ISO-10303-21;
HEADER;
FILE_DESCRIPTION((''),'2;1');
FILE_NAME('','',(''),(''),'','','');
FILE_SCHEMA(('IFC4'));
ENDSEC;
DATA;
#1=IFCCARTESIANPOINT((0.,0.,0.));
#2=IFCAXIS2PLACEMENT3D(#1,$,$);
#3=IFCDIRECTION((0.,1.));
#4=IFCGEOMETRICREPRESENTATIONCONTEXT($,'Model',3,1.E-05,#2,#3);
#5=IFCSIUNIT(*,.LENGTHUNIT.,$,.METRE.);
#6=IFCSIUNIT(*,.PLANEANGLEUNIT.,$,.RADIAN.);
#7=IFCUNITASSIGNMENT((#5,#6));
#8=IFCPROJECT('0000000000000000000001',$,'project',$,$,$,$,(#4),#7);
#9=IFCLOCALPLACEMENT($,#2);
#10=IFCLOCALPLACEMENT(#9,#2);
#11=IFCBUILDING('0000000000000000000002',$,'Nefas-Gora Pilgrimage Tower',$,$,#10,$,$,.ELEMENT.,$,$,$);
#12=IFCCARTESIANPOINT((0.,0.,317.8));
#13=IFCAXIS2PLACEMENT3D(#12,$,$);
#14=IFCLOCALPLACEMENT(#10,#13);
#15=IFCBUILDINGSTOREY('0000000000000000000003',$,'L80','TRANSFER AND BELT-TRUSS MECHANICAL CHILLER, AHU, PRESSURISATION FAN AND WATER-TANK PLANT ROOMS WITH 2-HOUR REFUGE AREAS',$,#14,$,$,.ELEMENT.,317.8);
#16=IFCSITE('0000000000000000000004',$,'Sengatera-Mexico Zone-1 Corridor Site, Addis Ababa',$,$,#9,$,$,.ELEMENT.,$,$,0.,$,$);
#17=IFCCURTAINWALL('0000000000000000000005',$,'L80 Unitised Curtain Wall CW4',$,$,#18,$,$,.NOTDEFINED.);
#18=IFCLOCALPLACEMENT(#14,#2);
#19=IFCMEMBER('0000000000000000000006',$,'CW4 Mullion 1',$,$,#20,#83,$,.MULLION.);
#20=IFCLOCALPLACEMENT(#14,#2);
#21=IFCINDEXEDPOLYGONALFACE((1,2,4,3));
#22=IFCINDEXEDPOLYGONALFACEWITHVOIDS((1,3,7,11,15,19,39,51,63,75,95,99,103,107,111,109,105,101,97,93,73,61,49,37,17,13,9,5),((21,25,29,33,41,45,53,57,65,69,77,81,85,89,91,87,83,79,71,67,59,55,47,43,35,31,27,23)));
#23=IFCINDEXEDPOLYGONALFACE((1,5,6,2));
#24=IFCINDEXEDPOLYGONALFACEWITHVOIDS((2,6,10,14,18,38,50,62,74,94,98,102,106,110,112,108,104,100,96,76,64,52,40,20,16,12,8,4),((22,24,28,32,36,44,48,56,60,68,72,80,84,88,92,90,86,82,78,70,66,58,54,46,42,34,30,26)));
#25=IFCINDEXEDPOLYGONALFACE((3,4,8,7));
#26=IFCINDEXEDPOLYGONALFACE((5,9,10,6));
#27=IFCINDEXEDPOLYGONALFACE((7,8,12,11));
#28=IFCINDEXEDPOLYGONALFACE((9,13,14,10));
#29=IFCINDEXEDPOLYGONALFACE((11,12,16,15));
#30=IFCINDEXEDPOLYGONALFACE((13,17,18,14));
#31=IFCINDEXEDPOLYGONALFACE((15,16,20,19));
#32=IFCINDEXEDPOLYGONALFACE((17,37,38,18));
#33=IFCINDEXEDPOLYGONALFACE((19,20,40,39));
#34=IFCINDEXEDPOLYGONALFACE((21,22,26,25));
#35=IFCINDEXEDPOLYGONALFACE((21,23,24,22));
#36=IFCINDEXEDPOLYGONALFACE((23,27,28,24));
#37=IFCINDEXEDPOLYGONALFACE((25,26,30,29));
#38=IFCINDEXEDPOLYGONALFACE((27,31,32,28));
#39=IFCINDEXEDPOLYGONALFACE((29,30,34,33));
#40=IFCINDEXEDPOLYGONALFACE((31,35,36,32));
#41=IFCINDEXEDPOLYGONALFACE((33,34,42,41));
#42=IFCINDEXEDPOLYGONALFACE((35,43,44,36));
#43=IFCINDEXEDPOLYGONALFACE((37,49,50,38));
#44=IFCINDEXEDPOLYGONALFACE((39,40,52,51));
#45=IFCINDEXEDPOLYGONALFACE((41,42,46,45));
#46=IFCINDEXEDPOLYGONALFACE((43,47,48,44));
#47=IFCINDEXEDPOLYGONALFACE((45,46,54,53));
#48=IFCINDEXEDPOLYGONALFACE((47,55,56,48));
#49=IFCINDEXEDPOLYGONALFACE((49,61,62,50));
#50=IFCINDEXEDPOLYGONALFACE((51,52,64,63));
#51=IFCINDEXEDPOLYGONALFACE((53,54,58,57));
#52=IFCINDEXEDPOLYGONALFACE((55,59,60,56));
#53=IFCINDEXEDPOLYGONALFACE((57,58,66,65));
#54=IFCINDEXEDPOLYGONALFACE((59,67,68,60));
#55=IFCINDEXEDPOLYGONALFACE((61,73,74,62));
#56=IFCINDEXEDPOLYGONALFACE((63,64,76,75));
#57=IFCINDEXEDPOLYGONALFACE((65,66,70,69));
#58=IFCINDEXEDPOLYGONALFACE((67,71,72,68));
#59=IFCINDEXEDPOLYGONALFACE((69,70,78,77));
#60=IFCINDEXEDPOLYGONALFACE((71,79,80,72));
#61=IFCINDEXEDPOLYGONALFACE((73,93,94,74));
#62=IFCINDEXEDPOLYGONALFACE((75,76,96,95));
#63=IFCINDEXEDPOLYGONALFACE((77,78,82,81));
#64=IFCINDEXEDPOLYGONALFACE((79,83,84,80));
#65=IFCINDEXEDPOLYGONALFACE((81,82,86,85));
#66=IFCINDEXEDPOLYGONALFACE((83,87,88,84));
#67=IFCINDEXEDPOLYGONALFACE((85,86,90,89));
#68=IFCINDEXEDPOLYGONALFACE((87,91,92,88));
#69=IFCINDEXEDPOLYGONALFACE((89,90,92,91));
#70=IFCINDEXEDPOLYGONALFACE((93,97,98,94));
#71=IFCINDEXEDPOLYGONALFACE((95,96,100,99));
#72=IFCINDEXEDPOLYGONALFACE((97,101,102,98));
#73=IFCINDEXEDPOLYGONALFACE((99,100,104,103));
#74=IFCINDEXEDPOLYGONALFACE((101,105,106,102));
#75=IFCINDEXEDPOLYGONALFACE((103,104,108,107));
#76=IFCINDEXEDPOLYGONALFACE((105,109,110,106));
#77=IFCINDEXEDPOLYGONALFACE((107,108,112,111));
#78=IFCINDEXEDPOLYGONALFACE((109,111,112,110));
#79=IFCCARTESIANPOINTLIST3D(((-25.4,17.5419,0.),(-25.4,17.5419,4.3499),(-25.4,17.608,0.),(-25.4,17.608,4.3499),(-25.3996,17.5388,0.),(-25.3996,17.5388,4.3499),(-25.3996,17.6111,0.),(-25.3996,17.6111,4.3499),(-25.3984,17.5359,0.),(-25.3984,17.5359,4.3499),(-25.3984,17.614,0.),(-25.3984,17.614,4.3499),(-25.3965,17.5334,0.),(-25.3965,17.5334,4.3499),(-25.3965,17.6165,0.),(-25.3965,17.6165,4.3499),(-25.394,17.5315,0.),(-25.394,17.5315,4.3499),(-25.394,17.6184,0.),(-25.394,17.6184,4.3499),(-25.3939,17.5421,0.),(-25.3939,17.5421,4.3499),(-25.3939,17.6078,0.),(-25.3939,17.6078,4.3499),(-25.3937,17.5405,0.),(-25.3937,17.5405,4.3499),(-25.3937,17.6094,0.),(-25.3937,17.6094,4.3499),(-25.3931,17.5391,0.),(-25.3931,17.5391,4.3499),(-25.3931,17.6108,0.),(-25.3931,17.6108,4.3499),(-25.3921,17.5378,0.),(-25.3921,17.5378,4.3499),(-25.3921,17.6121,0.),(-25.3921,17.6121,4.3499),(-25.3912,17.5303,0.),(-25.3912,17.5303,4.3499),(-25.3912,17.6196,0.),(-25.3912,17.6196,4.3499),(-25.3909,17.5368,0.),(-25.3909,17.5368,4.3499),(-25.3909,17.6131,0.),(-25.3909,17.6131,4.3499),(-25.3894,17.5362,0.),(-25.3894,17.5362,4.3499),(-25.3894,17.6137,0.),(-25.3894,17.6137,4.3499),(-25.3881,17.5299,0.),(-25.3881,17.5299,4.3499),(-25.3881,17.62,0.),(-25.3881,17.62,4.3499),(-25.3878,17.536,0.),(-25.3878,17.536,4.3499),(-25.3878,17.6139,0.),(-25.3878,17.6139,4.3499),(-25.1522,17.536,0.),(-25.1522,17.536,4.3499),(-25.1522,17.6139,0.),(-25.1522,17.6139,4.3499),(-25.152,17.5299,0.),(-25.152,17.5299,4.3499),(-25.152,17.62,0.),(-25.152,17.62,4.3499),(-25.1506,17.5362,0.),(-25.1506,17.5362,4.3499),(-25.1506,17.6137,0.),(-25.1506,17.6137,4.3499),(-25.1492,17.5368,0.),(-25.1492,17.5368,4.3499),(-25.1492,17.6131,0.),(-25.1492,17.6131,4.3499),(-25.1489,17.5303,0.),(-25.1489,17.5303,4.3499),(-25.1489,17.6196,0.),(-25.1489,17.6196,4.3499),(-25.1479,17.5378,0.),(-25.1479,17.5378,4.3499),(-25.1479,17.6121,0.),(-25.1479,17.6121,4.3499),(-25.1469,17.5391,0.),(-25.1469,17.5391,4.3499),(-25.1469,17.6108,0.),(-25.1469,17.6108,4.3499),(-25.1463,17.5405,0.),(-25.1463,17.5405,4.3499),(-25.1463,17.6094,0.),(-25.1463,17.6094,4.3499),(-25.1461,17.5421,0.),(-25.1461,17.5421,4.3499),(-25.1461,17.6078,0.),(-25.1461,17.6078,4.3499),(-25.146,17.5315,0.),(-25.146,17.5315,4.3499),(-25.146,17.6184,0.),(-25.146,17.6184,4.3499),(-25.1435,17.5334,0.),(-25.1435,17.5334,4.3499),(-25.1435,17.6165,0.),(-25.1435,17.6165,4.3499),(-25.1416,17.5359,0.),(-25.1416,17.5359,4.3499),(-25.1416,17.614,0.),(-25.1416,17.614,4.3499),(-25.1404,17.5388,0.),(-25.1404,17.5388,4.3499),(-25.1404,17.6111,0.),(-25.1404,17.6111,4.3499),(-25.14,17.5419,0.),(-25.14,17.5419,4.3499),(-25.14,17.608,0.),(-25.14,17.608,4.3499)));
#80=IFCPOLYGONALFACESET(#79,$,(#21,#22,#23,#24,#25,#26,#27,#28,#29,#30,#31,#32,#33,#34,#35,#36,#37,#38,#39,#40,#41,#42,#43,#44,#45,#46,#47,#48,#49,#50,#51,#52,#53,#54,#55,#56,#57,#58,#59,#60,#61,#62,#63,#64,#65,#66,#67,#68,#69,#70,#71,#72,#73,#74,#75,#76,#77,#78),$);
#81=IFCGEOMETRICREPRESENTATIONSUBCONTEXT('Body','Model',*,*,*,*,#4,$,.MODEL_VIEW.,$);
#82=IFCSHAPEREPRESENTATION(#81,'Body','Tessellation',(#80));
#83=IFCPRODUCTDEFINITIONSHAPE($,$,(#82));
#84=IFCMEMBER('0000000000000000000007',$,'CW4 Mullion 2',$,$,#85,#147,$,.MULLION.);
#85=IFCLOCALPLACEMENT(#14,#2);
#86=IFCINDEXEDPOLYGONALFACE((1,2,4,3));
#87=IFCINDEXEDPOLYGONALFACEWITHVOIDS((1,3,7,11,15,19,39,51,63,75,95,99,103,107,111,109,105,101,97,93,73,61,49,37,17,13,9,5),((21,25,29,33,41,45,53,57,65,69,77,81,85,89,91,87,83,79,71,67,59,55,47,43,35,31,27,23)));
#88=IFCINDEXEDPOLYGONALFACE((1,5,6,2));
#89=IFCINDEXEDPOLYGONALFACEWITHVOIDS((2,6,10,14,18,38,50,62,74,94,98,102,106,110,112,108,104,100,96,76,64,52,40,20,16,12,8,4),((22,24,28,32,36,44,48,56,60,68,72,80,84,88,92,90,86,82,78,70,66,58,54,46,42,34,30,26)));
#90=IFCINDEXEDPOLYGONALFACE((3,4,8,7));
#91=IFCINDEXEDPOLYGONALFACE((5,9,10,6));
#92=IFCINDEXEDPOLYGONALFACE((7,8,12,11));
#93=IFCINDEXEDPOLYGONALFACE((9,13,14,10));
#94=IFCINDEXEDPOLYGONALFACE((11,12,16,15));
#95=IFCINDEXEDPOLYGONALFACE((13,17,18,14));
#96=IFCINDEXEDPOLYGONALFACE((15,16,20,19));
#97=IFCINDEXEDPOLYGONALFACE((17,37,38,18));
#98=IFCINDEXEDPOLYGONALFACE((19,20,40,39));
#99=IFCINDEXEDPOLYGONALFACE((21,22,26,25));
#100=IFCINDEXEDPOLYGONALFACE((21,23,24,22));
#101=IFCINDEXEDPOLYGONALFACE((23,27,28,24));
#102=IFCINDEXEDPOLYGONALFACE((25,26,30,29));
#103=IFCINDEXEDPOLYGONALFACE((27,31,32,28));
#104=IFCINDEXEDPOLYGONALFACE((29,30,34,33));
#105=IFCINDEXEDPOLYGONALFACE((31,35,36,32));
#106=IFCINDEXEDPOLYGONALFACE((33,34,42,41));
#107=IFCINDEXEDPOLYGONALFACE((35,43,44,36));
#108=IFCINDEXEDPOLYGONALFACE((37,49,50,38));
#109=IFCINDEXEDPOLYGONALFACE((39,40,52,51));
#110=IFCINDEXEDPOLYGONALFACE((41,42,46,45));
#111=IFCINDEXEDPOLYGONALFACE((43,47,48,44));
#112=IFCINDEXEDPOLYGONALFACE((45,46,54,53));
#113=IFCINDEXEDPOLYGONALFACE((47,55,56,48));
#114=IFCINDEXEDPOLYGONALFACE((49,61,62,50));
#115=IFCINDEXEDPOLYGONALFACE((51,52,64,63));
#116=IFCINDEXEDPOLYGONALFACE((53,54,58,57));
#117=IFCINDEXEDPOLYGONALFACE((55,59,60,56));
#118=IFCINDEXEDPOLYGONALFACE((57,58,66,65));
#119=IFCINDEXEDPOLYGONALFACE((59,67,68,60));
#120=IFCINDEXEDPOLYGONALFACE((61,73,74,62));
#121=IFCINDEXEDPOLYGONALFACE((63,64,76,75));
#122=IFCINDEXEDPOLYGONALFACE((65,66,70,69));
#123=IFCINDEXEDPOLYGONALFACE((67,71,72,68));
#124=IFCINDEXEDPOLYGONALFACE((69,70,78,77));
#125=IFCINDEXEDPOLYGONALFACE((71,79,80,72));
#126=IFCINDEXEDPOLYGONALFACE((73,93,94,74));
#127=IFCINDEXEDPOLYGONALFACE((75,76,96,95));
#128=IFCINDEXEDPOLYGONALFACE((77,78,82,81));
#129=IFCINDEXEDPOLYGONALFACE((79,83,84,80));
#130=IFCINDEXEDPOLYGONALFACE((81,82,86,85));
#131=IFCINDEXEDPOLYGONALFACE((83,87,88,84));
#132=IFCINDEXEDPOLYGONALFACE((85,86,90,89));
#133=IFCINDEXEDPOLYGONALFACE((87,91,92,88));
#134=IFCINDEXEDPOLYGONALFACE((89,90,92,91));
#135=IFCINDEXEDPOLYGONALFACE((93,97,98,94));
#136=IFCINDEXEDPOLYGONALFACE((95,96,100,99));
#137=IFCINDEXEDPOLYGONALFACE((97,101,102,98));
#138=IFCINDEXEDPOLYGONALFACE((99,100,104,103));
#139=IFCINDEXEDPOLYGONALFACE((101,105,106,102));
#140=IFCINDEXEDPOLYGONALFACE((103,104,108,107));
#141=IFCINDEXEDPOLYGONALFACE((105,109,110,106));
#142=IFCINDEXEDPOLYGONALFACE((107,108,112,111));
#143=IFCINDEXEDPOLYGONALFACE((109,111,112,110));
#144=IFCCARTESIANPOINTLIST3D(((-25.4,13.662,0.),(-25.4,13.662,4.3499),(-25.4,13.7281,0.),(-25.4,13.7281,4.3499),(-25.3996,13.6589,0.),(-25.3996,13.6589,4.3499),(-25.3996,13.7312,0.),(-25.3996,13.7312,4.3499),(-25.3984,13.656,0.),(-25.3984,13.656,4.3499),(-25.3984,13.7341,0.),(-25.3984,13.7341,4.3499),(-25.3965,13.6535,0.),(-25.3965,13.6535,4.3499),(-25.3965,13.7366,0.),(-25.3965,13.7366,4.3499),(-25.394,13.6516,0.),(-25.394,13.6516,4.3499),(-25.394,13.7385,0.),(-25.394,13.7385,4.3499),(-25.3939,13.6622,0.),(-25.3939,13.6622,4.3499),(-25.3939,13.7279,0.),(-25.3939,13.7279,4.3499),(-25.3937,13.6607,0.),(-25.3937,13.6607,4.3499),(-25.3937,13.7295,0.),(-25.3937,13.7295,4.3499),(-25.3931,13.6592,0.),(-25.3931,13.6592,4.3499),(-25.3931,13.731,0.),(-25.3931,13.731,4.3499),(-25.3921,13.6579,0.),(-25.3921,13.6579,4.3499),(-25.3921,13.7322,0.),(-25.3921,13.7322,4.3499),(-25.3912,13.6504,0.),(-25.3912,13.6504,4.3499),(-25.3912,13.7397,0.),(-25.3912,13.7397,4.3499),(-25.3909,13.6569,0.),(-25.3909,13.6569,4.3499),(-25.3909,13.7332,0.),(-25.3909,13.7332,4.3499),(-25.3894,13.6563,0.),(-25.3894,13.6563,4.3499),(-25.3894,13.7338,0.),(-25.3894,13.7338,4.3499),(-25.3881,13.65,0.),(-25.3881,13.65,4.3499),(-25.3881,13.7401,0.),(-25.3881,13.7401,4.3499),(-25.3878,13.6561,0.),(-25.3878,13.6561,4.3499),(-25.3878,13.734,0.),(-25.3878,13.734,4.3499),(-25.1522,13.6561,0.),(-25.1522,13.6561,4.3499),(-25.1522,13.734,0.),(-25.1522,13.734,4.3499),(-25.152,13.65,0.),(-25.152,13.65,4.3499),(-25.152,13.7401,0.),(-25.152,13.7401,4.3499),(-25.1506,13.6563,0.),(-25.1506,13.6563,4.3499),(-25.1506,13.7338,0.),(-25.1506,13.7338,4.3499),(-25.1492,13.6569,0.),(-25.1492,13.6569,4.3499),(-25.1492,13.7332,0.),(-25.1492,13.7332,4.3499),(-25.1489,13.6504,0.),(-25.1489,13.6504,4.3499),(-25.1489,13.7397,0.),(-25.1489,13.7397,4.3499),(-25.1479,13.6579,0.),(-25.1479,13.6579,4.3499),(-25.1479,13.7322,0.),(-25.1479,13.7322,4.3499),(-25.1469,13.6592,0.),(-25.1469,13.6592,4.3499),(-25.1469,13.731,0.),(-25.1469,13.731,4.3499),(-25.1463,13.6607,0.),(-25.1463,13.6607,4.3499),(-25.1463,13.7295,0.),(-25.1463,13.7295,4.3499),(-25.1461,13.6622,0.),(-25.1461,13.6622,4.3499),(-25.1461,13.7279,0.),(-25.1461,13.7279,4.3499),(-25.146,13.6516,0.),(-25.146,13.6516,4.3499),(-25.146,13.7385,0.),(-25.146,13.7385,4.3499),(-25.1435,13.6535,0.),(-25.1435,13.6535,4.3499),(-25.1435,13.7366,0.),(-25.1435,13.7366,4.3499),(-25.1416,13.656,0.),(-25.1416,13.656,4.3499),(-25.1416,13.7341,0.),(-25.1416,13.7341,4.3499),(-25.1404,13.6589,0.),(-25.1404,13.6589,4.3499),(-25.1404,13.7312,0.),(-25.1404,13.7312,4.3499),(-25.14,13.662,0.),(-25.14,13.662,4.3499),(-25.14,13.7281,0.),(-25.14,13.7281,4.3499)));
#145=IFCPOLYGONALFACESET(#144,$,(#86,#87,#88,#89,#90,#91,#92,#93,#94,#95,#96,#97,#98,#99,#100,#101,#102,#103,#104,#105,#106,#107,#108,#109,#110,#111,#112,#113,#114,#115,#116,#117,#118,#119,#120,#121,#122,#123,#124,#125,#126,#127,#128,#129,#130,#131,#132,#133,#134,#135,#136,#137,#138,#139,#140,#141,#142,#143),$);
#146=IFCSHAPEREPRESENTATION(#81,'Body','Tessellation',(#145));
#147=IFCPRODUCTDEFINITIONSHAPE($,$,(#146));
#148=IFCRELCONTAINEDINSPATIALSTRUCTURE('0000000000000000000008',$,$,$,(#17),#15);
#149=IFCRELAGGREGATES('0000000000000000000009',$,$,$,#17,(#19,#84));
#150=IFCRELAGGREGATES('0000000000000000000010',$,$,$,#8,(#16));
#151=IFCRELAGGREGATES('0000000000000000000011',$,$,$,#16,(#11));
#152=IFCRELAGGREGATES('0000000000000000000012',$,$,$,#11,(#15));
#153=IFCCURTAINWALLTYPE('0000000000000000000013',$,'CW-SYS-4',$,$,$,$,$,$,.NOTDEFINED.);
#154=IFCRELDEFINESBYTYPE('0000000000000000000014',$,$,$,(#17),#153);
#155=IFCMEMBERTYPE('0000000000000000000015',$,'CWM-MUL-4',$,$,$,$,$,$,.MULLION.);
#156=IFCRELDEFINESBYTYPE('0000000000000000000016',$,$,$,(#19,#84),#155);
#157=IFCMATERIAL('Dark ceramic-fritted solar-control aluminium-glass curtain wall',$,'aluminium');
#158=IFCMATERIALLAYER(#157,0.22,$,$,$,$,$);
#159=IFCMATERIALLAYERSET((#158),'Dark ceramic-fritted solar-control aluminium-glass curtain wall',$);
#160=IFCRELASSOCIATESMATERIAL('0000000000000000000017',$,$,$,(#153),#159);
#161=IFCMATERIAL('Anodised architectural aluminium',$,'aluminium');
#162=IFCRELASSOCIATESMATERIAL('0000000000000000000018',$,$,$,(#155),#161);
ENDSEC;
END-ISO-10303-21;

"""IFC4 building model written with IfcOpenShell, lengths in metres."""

from ifc_helpers import new_model, si_unit, direction, frame, origin, origin_2d, place, context, subcontext, project, spatial, hollow_rectangle, extrude, source, transform, mapped, material, layer, layer_set, material_profile, profile_set, type_object, element, aggregate, save


model = new_model("IFC4")

# Units and contexts
model_context = context("Model", 3, precision=1e-05, world=origin(), true_north=direction((0.0, 1.0)))
body_context = subcontext(model_context, "Body", "Model", "MODEL_VIEW")
ifc_project = project(units=[si_unit("LENGTHUNIT", "METRE"), si_unit("PLANEANGLEUNIT", "RADIAN")], contexts=[model_context])

# Site, building, storey
site_placement = place(None, origin())
site = spatial("IfcSite", under=ifc_project, at=site_placement, Name="Sengatera-Mexico Zone-1 Corridor Site, Addis Ababa", CompositionType="ELEMENT", RefElevation=0.0)
building_placement = place(site_placement, origin())
building = spatial("IfcBuilding", under=site, at=building_placement, Name="Nefas-Gora Pilgrimage Tower", CompositionType="ELEMENT")
storey_placement = place(building_placement, frame((0.0, 0.0, 317.8)))
storey = spatial("IfcBuildingStorey", under=building, at=storey_placement, Name="L80", Description="TRANSFER AND BELT-TRUSS MECHANICAL CHILLER, AHU, PRESSURISATION FAN AND WATER-TANK PLANT ROOMS WITH 2-HOUR REFUGE AREAS", CompositionType="ELEMENT", Elevation=317.8)

# Curtain wall, members
ifc_material_1 = material(Name="Dark ceramic-fritted solar-control aluminium-glass curtain wall", Category="aluminium")
ifc_layer_1 = layer(ifc_material_1, 0.22)
ifc_layer_set_1 = layer_set([ifc_layer_1], Name="Dark ceramic-fritted solar-control aluminium-glass curtain wall")
curtain_wall_type_1 = type_object("IfcCurtainWallType", Name="CW-SYS-4", PredefinedType="NOTDEFINED", material=ifc_layer_set_1)
ifc_material_2 = material(Name="Anodised architectural aluminium", Category="aluminium")
ifc_material_profile_1 = material_profile(ifc_material_2, hollow_rectangle(XDim=0.0901, YDim=0.26, WallThickness=0.0061, InnerFilletRadius=0.0061, OuterFilletRadius=0.012, at=origin_2d()), Name="ALU MULLION 90x260")
ifc_profile_set_1 = profile_set([ifc_material_profile_1], Name="Anodised architectural aluminium")
member_type_1 = type_object("IfcMemberType", Name="CWM-MUL-4", PredefinedType="MULLION", material=ifc_profile_set_1)
shared_shape_1 = source(origin(), body_context, "Body", "SweptSolid", [
    extrude(hollow_rectangle(XDim=0.0901, YDim=0.26, WallThickness=0.0061, InnerFilletRadius=0.0061, OuterFilletRadius=0.012, at=origin_2d()), origin(), (0.0, 0.0, 1.0), 4.3499),
])
curtain_wall_1_placement = place(storey_placement, origin())
curtain_wall_1 = element("IfcCurtainWall", 1, at=curtain_wall_1_placement, inside=storey, type_object=curtain_wall_type_1, Name="L80 Unitised Curtain Wall CW4", PredefinedType="NOTDEFINED")
member_1_placement = place(storey_placement, frame((-25.27, 17.575, 0.0), z_axis=(0.0, 0.0, 1.0), x_axis=(0.0, -1.0, 0.0)))
member_1 = element("IfcMember", 2, at=member_1_placement, type_object=member_type_1, Name="CW4 Mullion 1", PredefinedType="MULLION", context=body_context, shape_type="MappedRepresentation", body=[
    mapped(shared_shape_1, transform((0.0, 0.0, 0.0), x_axis=(1.0, 0.0, 0.0), y_axis=(0.0, 1.0, 0.0), z_axis=(0.0, 0.0, 1.0), scale=1.0)),
])
member_2_placement = place(storey_placement, frame((-25.27, 13.6951, 0.0), z_axis=(0.0, 0.0, 1.0), x_axis=(0.0, -1.0, 0.0)))
member_2 = element("IfcMember", 3, at=member_2_placement, type_object=member_type_1, Name="CW4 Mullion 2", PredefinedType="MULLION", context=body_context, shape_type="MappedRepresentation", body=[
    mapped(shared_shape_1, transform((0.0, 0.0, 0.0), x_axis=(1.0, 0.0, 0.0), y_axis=(0.0, 1.0, 0.0), z_axis=(0.0, 0.0, 1.0), scale=1.0)),
])

aggregate(curtain_wall_1, [member_1, member_2])

save(model, "model.ifc")
